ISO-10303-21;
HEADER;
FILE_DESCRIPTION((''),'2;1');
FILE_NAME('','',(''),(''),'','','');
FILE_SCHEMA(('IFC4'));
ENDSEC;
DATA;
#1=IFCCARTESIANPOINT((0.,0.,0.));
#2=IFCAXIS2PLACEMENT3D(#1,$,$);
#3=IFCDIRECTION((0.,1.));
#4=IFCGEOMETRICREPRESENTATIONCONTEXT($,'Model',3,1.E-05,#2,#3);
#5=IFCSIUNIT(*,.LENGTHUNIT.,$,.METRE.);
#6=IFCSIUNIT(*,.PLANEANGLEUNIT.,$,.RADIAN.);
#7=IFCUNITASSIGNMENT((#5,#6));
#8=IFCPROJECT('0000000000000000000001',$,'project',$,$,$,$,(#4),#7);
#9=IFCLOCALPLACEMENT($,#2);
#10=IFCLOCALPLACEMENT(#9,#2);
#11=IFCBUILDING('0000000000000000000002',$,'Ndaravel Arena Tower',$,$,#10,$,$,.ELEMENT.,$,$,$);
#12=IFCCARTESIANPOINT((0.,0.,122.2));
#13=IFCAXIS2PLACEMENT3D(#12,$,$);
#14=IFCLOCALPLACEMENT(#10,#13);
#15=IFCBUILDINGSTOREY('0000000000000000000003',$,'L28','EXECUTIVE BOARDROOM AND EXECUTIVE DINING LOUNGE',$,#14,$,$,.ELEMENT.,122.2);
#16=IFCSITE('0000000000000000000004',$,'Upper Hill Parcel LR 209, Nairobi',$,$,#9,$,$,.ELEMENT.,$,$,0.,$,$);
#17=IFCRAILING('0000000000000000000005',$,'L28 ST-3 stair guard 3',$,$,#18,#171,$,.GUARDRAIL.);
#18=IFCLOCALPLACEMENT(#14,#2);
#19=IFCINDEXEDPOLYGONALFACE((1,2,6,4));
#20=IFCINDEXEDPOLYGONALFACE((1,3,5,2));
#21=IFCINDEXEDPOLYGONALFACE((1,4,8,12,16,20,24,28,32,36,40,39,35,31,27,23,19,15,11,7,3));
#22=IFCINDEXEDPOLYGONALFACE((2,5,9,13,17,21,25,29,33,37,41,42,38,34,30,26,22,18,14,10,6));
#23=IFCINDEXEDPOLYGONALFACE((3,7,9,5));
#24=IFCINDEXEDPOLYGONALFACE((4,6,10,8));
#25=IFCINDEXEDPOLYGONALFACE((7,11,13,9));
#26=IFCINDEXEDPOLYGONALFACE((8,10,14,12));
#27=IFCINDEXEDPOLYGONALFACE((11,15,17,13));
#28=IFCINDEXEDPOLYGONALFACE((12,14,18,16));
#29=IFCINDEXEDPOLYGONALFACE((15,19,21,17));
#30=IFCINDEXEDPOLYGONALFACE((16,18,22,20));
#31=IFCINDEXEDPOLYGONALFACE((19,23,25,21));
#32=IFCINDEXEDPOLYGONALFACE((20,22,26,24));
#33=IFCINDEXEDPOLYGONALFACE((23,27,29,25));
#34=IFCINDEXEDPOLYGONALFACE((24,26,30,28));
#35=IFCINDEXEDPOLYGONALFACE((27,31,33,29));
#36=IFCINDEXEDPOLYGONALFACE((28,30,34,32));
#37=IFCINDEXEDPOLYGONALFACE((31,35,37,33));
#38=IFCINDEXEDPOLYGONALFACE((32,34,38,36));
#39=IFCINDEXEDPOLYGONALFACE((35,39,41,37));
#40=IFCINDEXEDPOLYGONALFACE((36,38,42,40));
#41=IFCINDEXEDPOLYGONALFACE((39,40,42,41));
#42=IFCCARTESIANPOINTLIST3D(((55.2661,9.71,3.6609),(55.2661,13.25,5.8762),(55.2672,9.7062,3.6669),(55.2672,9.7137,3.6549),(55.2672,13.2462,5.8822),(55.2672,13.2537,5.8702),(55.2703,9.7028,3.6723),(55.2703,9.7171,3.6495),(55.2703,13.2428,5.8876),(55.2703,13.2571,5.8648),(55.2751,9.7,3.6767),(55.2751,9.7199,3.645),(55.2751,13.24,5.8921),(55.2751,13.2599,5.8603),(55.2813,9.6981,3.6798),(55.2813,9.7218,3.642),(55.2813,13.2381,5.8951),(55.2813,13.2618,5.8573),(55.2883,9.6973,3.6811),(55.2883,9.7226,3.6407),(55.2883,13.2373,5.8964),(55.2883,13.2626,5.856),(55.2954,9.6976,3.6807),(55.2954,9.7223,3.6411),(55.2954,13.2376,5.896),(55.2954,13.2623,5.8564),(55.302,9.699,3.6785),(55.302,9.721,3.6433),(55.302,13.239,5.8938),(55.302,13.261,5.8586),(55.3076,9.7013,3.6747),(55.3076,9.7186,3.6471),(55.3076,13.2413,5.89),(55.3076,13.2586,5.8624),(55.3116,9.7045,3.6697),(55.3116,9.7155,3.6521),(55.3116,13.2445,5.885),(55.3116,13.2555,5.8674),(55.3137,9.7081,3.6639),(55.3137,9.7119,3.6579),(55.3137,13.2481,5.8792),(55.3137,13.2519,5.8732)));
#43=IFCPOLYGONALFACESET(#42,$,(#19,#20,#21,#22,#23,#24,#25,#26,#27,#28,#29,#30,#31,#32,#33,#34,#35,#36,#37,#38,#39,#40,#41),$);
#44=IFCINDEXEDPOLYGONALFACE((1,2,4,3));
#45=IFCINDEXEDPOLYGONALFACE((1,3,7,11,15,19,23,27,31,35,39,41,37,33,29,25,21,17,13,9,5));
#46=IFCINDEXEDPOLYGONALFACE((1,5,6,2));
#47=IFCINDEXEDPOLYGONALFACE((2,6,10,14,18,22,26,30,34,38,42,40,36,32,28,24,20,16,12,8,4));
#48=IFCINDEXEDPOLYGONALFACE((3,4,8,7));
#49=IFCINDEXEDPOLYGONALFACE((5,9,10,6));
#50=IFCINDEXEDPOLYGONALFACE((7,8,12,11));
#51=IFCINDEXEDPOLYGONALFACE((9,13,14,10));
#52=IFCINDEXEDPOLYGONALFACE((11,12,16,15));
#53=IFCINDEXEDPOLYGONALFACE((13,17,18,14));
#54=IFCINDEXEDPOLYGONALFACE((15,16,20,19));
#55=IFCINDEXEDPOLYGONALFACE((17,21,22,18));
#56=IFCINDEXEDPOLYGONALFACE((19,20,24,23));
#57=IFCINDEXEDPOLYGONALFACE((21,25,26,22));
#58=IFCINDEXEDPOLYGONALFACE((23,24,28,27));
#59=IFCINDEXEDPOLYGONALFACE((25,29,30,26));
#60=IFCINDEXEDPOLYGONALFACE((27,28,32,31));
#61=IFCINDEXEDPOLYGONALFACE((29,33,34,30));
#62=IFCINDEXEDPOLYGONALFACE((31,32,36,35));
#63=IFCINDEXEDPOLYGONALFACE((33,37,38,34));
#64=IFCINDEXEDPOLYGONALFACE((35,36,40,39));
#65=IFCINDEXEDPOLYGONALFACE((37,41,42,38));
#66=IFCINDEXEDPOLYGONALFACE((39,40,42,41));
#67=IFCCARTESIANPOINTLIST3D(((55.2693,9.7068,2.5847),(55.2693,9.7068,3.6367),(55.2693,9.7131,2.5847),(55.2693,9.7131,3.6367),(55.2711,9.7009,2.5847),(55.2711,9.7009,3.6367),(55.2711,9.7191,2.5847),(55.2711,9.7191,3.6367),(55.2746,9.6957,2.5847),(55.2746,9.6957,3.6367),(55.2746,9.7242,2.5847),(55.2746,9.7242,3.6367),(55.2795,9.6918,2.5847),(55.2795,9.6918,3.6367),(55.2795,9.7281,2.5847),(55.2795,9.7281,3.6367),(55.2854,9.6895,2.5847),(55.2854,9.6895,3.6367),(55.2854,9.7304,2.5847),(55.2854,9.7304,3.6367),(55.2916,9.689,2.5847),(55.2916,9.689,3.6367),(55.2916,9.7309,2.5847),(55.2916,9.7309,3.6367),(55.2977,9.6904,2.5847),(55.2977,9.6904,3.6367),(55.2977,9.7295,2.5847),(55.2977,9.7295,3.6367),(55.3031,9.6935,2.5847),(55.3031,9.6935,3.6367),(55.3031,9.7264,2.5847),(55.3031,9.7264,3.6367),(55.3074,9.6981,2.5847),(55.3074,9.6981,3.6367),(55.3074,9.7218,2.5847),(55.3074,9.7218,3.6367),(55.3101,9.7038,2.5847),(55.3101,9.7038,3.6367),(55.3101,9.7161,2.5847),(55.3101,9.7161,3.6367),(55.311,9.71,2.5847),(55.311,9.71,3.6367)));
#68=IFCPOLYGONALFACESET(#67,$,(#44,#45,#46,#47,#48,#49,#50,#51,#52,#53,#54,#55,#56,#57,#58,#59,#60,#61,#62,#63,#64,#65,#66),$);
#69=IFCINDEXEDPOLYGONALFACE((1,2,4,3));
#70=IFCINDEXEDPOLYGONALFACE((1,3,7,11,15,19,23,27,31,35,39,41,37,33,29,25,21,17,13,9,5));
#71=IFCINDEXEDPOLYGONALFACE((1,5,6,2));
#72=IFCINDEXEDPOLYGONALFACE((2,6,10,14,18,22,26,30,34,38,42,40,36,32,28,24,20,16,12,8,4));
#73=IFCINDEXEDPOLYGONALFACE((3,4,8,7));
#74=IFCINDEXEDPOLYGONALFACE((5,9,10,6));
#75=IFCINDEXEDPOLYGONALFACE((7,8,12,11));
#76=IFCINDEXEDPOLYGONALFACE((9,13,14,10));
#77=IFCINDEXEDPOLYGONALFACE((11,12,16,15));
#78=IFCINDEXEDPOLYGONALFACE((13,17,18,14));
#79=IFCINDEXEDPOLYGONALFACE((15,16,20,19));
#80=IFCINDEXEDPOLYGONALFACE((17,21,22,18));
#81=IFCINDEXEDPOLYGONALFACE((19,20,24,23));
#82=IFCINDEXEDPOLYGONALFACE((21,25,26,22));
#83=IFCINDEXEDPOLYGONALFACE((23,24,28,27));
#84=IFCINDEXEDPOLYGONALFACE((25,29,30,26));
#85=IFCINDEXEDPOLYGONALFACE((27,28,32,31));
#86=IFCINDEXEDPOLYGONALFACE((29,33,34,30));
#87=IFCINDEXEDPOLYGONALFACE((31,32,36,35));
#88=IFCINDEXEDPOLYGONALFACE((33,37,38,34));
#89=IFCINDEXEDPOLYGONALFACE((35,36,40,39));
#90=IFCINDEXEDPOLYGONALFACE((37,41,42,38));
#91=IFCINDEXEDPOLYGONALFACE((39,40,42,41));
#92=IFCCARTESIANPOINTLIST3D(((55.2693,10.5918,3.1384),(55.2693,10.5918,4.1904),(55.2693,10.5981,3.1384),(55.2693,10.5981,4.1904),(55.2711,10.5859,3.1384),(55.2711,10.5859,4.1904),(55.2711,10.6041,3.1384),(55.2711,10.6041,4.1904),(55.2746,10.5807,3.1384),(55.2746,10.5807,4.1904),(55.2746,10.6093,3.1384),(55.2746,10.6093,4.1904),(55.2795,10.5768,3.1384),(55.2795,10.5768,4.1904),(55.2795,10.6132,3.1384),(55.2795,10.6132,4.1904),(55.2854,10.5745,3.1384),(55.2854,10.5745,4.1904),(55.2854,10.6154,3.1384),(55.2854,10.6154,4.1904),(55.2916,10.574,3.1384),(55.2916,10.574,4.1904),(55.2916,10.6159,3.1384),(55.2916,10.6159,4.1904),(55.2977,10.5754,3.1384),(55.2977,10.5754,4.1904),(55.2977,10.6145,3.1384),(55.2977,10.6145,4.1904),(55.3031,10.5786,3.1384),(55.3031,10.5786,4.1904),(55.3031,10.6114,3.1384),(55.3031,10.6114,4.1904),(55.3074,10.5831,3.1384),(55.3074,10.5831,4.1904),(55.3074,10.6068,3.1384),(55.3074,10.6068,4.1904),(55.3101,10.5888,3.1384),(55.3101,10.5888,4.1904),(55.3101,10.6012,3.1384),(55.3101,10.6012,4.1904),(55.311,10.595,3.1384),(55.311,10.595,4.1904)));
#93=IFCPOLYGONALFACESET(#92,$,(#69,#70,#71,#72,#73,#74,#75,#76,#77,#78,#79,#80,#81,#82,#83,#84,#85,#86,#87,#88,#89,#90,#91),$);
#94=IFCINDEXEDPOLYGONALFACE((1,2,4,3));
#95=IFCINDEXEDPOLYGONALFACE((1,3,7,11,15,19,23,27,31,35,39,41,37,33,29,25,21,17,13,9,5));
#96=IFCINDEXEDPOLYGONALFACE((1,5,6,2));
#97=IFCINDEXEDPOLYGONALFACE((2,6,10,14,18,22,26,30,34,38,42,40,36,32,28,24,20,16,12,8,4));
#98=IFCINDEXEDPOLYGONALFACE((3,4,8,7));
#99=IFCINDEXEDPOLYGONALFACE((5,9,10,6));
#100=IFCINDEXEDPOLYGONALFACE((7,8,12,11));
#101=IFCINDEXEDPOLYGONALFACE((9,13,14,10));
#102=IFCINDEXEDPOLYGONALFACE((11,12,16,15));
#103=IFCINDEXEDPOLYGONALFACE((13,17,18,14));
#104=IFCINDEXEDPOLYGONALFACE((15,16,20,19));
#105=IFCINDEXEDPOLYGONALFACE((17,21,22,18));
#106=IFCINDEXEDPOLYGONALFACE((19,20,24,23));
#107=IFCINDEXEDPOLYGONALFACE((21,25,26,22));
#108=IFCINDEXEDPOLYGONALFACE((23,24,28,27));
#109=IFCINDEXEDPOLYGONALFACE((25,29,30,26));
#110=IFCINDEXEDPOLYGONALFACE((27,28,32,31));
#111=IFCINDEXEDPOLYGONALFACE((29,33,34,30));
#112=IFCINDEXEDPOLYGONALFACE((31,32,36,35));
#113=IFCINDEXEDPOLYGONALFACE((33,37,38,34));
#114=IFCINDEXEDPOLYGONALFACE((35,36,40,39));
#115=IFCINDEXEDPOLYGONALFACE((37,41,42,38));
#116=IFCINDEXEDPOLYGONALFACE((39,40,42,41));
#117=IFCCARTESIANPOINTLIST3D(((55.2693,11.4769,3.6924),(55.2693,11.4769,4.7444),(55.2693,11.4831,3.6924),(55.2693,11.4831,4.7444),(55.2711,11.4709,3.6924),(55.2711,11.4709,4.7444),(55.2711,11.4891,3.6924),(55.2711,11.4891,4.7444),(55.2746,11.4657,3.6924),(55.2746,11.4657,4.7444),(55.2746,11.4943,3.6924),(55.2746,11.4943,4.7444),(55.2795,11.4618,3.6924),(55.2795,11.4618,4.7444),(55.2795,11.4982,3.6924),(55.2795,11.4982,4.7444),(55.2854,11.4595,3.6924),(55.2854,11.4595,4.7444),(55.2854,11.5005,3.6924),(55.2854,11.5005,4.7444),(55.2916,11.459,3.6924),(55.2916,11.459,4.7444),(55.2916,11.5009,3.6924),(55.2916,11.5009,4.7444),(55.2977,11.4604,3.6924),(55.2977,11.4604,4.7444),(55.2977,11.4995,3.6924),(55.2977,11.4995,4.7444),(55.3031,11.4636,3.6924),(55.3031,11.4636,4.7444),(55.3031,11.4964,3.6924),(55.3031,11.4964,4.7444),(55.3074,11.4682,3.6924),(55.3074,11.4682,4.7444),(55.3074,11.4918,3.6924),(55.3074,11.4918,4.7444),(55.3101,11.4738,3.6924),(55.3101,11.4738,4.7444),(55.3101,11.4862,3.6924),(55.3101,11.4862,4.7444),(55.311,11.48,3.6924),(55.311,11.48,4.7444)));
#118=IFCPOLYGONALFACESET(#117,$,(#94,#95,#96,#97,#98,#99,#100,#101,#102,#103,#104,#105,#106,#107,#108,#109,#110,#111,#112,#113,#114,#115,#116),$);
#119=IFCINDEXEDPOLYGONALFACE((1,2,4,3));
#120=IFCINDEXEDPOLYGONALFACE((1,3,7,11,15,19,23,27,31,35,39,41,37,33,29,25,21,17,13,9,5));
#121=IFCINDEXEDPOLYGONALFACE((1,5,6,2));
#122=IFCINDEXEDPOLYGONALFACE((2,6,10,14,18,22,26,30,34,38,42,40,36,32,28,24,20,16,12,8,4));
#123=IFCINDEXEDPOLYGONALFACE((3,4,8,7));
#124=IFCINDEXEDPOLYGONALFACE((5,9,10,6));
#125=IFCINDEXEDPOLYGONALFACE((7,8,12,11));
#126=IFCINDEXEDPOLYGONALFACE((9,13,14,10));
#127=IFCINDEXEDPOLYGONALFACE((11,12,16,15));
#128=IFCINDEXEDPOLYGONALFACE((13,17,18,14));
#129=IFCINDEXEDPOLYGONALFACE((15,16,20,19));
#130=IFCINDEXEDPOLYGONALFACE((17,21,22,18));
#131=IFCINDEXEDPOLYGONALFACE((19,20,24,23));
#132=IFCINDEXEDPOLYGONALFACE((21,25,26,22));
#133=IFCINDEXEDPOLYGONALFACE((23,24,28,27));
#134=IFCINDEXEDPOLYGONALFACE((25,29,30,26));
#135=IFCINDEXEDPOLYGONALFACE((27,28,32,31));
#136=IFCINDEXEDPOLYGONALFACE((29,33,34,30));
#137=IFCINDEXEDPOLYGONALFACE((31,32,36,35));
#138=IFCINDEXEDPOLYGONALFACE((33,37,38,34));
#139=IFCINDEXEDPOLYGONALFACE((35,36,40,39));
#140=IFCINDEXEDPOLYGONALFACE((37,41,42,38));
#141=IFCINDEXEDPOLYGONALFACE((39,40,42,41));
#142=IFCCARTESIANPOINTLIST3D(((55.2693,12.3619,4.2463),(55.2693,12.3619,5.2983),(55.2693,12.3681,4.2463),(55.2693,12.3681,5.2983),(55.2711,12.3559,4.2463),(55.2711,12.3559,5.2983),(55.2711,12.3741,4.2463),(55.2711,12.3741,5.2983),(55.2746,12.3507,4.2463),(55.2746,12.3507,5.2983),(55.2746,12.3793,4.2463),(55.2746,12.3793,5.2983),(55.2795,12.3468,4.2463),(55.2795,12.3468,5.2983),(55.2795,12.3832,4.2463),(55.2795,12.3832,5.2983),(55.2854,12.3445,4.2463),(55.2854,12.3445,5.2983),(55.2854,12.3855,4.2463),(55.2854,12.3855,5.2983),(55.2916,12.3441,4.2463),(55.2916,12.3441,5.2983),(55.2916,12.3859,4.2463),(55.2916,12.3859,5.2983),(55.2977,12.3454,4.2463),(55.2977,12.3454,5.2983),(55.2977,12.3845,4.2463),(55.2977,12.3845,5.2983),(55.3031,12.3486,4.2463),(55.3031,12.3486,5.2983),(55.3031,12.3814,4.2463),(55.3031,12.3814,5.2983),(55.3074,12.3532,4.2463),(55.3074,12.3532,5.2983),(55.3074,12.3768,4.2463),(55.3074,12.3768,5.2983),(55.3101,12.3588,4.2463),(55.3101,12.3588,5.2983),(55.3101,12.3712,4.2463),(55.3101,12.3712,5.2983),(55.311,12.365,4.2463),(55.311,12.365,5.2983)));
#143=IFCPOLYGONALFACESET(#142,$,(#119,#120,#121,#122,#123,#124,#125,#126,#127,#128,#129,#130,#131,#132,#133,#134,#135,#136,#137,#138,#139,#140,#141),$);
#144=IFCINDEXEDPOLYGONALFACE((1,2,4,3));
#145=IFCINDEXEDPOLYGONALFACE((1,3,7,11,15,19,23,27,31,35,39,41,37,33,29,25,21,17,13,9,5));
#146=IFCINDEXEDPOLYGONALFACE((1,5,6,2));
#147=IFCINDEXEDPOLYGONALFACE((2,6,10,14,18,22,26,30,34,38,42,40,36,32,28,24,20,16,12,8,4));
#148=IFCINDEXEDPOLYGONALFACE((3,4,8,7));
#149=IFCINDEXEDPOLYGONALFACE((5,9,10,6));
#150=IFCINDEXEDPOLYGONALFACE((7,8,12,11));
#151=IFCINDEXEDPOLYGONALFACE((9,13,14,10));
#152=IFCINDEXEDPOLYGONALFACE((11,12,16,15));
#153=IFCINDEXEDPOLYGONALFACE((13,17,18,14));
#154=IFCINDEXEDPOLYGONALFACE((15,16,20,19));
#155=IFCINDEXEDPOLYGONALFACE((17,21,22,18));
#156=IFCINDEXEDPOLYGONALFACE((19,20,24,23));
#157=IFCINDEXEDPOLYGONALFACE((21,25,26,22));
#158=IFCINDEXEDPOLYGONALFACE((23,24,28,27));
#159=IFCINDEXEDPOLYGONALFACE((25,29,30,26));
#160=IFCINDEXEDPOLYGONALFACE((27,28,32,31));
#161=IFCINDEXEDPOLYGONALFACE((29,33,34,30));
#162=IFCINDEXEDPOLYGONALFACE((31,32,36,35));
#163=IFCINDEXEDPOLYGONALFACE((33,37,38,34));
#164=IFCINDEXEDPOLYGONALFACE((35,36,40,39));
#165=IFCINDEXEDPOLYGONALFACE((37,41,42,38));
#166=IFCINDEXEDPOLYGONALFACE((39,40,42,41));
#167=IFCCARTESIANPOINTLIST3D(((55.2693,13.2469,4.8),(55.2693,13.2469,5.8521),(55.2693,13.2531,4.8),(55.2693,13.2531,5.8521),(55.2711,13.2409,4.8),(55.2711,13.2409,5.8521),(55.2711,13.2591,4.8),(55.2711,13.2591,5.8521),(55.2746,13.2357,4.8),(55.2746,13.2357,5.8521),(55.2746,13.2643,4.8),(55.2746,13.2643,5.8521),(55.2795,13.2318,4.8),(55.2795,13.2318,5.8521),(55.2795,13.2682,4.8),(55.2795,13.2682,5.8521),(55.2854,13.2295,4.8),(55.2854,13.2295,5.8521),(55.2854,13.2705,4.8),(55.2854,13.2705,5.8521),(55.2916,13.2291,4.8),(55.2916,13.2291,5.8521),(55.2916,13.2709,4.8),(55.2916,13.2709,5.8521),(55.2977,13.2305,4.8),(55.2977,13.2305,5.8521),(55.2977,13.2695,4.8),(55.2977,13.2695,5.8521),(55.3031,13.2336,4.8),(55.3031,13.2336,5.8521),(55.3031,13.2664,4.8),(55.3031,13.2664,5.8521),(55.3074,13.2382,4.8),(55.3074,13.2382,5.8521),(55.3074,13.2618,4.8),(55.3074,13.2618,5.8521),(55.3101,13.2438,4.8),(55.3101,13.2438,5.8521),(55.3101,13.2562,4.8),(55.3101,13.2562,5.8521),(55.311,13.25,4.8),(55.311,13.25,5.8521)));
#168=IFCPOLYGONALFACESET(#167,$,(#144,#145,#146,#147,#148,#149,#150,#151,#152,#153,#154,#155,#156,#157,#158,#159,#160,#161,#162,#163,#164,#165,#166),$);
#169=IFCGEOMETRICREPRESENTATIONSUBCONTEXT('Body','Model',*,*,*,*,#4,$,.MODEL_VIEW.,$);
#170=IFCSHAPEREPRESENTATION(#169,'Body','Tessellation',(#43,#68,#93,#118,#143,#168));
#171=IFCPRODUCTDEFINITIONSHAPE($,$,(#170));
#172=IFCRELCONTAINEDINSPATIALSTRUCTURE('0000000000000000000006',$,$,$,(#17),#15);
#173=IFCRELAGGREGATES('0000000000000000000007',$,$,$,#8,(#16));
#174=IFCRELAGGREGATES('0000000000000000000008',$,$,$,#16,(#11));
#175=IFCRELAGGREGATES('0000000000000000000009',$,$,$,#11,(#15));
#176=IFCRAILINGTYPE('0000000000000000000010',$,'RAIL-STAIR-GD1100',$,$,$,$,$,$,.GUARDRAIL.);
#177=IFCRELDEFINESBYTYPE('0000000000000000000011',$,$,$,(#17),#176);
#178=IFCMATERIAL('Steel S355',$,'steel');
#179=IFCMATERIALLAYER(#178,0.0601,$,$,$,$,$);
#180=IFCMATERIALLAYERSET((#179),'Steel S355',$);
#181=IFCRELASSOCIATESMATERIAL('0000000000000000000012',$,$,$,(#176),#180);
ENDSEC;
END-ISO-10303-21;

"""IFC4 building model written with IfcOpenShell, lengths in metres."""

from ifc_helpers import new_model, si_unit, direction, frame, origin, origin_2d, place, context, subcontext, project, spatial, circle, extrude, material, layer, layer_set, type_object, element, save


model = new_model("IFC4")

# Units and contexts
model_context = context("Model", 3, precision=1e-05, world=origin(), true_north=direction((0.0, 1.0)))
body_context = subcontext(model_context, "Body", "Model", "MODEL_VIEW")
ifc_project = project(units=[si_unit("LENGTHUNIT", "METRE"), si_unit("PLANEANGLEUNIT", "RADIAN")], contexts=[model_context])

# Site, building, storey
site_placement = place(None, origin())
site = spatial("IfcSite", under=ifc_project, at=site_placement, Name="Upper Hill Parcel LR 209, Nairobi", CompositionType="ELEMENT", RefElevation=0.0)
building_placement = place(site_placement, origin())
building = spatial("IfcBuilding", under=site, at=building_placement, Name="Ndaravel Arena Tower", CompositionType="ELEMENT")
storey_placement = place(building_placement, frame((0.0, 0.0, 122.2)))
storey = spatial("IfcBuildingStorey", under=building, at=storey_placement, Name="L28", Description="EXECUTIVE BOARDROOM AND EXECUTIVE DINING LOUNGE", CompositionType="ELEMENT", Elevation=122.2)

# Railing
ifc_material_1 = material(Name="Steel S355", Category="steel")
ifc_layer_1 = layer(ifc_material_1, 0.0601)
ifc_layer_set_1 = layer_set([ifc_layer_1], Name="Steel S355")
railing_type_1 = type_object("IfcRailingType", Name="RAIL-STAIR-GD1100", PredefinedType="GUARDRAIL", material=ifc_layer_set_1)
railing_1_placement = place(storey_placement, frame((55.29, 9.71, 2.5847)))
element("IfcRailing", 1, at=railing_1_placement, inside=storey, type_object=railing_type_1, Name="L28 ST-3 stair guard 3", PredefinedType="GUARDRAIL", context=body_context, shape_type="SweptSolid", body=[
    extrude(circle(Radius=0.0239, at=origin_2d()), frame((0.0, 0.0, 1.0762), z_axis=(0.0, 0.847696, 0.530482), x_axis=(-1.0, 0.0, 0.0)), (0.0, 0.0, 1.0), 4.176),
    extrude(circle(Radius=0.021, at=origin_2d()), origin(), (0.0, 0.0, 1.0), 1.052),
    extrude(circle(Radius=0.021, at=origin_2d()), frame((0.0, 0.885, 0.5537)), (0.0, 0.0, 1.0), 1.052),
    extrude(circle(Radius=0.021, at=origin_2d()), frame((0.0, 1.77, 1.1077)), (0.0, 0.0, 1.0), 1.052),
    extrude(circle(Radius=0.021, at=origin_2d()), frame((0.0, 2.655, 1.6616)), (0.0, 0.0, 1.0), 1.052),
    extrude(circle(Radius=0.021, at=origin_2d()), frame((0.0, 3.54, 2.2153)), (0.0, 0.0, 1.0), 1.052),
])

save(model, "model.ifc")
